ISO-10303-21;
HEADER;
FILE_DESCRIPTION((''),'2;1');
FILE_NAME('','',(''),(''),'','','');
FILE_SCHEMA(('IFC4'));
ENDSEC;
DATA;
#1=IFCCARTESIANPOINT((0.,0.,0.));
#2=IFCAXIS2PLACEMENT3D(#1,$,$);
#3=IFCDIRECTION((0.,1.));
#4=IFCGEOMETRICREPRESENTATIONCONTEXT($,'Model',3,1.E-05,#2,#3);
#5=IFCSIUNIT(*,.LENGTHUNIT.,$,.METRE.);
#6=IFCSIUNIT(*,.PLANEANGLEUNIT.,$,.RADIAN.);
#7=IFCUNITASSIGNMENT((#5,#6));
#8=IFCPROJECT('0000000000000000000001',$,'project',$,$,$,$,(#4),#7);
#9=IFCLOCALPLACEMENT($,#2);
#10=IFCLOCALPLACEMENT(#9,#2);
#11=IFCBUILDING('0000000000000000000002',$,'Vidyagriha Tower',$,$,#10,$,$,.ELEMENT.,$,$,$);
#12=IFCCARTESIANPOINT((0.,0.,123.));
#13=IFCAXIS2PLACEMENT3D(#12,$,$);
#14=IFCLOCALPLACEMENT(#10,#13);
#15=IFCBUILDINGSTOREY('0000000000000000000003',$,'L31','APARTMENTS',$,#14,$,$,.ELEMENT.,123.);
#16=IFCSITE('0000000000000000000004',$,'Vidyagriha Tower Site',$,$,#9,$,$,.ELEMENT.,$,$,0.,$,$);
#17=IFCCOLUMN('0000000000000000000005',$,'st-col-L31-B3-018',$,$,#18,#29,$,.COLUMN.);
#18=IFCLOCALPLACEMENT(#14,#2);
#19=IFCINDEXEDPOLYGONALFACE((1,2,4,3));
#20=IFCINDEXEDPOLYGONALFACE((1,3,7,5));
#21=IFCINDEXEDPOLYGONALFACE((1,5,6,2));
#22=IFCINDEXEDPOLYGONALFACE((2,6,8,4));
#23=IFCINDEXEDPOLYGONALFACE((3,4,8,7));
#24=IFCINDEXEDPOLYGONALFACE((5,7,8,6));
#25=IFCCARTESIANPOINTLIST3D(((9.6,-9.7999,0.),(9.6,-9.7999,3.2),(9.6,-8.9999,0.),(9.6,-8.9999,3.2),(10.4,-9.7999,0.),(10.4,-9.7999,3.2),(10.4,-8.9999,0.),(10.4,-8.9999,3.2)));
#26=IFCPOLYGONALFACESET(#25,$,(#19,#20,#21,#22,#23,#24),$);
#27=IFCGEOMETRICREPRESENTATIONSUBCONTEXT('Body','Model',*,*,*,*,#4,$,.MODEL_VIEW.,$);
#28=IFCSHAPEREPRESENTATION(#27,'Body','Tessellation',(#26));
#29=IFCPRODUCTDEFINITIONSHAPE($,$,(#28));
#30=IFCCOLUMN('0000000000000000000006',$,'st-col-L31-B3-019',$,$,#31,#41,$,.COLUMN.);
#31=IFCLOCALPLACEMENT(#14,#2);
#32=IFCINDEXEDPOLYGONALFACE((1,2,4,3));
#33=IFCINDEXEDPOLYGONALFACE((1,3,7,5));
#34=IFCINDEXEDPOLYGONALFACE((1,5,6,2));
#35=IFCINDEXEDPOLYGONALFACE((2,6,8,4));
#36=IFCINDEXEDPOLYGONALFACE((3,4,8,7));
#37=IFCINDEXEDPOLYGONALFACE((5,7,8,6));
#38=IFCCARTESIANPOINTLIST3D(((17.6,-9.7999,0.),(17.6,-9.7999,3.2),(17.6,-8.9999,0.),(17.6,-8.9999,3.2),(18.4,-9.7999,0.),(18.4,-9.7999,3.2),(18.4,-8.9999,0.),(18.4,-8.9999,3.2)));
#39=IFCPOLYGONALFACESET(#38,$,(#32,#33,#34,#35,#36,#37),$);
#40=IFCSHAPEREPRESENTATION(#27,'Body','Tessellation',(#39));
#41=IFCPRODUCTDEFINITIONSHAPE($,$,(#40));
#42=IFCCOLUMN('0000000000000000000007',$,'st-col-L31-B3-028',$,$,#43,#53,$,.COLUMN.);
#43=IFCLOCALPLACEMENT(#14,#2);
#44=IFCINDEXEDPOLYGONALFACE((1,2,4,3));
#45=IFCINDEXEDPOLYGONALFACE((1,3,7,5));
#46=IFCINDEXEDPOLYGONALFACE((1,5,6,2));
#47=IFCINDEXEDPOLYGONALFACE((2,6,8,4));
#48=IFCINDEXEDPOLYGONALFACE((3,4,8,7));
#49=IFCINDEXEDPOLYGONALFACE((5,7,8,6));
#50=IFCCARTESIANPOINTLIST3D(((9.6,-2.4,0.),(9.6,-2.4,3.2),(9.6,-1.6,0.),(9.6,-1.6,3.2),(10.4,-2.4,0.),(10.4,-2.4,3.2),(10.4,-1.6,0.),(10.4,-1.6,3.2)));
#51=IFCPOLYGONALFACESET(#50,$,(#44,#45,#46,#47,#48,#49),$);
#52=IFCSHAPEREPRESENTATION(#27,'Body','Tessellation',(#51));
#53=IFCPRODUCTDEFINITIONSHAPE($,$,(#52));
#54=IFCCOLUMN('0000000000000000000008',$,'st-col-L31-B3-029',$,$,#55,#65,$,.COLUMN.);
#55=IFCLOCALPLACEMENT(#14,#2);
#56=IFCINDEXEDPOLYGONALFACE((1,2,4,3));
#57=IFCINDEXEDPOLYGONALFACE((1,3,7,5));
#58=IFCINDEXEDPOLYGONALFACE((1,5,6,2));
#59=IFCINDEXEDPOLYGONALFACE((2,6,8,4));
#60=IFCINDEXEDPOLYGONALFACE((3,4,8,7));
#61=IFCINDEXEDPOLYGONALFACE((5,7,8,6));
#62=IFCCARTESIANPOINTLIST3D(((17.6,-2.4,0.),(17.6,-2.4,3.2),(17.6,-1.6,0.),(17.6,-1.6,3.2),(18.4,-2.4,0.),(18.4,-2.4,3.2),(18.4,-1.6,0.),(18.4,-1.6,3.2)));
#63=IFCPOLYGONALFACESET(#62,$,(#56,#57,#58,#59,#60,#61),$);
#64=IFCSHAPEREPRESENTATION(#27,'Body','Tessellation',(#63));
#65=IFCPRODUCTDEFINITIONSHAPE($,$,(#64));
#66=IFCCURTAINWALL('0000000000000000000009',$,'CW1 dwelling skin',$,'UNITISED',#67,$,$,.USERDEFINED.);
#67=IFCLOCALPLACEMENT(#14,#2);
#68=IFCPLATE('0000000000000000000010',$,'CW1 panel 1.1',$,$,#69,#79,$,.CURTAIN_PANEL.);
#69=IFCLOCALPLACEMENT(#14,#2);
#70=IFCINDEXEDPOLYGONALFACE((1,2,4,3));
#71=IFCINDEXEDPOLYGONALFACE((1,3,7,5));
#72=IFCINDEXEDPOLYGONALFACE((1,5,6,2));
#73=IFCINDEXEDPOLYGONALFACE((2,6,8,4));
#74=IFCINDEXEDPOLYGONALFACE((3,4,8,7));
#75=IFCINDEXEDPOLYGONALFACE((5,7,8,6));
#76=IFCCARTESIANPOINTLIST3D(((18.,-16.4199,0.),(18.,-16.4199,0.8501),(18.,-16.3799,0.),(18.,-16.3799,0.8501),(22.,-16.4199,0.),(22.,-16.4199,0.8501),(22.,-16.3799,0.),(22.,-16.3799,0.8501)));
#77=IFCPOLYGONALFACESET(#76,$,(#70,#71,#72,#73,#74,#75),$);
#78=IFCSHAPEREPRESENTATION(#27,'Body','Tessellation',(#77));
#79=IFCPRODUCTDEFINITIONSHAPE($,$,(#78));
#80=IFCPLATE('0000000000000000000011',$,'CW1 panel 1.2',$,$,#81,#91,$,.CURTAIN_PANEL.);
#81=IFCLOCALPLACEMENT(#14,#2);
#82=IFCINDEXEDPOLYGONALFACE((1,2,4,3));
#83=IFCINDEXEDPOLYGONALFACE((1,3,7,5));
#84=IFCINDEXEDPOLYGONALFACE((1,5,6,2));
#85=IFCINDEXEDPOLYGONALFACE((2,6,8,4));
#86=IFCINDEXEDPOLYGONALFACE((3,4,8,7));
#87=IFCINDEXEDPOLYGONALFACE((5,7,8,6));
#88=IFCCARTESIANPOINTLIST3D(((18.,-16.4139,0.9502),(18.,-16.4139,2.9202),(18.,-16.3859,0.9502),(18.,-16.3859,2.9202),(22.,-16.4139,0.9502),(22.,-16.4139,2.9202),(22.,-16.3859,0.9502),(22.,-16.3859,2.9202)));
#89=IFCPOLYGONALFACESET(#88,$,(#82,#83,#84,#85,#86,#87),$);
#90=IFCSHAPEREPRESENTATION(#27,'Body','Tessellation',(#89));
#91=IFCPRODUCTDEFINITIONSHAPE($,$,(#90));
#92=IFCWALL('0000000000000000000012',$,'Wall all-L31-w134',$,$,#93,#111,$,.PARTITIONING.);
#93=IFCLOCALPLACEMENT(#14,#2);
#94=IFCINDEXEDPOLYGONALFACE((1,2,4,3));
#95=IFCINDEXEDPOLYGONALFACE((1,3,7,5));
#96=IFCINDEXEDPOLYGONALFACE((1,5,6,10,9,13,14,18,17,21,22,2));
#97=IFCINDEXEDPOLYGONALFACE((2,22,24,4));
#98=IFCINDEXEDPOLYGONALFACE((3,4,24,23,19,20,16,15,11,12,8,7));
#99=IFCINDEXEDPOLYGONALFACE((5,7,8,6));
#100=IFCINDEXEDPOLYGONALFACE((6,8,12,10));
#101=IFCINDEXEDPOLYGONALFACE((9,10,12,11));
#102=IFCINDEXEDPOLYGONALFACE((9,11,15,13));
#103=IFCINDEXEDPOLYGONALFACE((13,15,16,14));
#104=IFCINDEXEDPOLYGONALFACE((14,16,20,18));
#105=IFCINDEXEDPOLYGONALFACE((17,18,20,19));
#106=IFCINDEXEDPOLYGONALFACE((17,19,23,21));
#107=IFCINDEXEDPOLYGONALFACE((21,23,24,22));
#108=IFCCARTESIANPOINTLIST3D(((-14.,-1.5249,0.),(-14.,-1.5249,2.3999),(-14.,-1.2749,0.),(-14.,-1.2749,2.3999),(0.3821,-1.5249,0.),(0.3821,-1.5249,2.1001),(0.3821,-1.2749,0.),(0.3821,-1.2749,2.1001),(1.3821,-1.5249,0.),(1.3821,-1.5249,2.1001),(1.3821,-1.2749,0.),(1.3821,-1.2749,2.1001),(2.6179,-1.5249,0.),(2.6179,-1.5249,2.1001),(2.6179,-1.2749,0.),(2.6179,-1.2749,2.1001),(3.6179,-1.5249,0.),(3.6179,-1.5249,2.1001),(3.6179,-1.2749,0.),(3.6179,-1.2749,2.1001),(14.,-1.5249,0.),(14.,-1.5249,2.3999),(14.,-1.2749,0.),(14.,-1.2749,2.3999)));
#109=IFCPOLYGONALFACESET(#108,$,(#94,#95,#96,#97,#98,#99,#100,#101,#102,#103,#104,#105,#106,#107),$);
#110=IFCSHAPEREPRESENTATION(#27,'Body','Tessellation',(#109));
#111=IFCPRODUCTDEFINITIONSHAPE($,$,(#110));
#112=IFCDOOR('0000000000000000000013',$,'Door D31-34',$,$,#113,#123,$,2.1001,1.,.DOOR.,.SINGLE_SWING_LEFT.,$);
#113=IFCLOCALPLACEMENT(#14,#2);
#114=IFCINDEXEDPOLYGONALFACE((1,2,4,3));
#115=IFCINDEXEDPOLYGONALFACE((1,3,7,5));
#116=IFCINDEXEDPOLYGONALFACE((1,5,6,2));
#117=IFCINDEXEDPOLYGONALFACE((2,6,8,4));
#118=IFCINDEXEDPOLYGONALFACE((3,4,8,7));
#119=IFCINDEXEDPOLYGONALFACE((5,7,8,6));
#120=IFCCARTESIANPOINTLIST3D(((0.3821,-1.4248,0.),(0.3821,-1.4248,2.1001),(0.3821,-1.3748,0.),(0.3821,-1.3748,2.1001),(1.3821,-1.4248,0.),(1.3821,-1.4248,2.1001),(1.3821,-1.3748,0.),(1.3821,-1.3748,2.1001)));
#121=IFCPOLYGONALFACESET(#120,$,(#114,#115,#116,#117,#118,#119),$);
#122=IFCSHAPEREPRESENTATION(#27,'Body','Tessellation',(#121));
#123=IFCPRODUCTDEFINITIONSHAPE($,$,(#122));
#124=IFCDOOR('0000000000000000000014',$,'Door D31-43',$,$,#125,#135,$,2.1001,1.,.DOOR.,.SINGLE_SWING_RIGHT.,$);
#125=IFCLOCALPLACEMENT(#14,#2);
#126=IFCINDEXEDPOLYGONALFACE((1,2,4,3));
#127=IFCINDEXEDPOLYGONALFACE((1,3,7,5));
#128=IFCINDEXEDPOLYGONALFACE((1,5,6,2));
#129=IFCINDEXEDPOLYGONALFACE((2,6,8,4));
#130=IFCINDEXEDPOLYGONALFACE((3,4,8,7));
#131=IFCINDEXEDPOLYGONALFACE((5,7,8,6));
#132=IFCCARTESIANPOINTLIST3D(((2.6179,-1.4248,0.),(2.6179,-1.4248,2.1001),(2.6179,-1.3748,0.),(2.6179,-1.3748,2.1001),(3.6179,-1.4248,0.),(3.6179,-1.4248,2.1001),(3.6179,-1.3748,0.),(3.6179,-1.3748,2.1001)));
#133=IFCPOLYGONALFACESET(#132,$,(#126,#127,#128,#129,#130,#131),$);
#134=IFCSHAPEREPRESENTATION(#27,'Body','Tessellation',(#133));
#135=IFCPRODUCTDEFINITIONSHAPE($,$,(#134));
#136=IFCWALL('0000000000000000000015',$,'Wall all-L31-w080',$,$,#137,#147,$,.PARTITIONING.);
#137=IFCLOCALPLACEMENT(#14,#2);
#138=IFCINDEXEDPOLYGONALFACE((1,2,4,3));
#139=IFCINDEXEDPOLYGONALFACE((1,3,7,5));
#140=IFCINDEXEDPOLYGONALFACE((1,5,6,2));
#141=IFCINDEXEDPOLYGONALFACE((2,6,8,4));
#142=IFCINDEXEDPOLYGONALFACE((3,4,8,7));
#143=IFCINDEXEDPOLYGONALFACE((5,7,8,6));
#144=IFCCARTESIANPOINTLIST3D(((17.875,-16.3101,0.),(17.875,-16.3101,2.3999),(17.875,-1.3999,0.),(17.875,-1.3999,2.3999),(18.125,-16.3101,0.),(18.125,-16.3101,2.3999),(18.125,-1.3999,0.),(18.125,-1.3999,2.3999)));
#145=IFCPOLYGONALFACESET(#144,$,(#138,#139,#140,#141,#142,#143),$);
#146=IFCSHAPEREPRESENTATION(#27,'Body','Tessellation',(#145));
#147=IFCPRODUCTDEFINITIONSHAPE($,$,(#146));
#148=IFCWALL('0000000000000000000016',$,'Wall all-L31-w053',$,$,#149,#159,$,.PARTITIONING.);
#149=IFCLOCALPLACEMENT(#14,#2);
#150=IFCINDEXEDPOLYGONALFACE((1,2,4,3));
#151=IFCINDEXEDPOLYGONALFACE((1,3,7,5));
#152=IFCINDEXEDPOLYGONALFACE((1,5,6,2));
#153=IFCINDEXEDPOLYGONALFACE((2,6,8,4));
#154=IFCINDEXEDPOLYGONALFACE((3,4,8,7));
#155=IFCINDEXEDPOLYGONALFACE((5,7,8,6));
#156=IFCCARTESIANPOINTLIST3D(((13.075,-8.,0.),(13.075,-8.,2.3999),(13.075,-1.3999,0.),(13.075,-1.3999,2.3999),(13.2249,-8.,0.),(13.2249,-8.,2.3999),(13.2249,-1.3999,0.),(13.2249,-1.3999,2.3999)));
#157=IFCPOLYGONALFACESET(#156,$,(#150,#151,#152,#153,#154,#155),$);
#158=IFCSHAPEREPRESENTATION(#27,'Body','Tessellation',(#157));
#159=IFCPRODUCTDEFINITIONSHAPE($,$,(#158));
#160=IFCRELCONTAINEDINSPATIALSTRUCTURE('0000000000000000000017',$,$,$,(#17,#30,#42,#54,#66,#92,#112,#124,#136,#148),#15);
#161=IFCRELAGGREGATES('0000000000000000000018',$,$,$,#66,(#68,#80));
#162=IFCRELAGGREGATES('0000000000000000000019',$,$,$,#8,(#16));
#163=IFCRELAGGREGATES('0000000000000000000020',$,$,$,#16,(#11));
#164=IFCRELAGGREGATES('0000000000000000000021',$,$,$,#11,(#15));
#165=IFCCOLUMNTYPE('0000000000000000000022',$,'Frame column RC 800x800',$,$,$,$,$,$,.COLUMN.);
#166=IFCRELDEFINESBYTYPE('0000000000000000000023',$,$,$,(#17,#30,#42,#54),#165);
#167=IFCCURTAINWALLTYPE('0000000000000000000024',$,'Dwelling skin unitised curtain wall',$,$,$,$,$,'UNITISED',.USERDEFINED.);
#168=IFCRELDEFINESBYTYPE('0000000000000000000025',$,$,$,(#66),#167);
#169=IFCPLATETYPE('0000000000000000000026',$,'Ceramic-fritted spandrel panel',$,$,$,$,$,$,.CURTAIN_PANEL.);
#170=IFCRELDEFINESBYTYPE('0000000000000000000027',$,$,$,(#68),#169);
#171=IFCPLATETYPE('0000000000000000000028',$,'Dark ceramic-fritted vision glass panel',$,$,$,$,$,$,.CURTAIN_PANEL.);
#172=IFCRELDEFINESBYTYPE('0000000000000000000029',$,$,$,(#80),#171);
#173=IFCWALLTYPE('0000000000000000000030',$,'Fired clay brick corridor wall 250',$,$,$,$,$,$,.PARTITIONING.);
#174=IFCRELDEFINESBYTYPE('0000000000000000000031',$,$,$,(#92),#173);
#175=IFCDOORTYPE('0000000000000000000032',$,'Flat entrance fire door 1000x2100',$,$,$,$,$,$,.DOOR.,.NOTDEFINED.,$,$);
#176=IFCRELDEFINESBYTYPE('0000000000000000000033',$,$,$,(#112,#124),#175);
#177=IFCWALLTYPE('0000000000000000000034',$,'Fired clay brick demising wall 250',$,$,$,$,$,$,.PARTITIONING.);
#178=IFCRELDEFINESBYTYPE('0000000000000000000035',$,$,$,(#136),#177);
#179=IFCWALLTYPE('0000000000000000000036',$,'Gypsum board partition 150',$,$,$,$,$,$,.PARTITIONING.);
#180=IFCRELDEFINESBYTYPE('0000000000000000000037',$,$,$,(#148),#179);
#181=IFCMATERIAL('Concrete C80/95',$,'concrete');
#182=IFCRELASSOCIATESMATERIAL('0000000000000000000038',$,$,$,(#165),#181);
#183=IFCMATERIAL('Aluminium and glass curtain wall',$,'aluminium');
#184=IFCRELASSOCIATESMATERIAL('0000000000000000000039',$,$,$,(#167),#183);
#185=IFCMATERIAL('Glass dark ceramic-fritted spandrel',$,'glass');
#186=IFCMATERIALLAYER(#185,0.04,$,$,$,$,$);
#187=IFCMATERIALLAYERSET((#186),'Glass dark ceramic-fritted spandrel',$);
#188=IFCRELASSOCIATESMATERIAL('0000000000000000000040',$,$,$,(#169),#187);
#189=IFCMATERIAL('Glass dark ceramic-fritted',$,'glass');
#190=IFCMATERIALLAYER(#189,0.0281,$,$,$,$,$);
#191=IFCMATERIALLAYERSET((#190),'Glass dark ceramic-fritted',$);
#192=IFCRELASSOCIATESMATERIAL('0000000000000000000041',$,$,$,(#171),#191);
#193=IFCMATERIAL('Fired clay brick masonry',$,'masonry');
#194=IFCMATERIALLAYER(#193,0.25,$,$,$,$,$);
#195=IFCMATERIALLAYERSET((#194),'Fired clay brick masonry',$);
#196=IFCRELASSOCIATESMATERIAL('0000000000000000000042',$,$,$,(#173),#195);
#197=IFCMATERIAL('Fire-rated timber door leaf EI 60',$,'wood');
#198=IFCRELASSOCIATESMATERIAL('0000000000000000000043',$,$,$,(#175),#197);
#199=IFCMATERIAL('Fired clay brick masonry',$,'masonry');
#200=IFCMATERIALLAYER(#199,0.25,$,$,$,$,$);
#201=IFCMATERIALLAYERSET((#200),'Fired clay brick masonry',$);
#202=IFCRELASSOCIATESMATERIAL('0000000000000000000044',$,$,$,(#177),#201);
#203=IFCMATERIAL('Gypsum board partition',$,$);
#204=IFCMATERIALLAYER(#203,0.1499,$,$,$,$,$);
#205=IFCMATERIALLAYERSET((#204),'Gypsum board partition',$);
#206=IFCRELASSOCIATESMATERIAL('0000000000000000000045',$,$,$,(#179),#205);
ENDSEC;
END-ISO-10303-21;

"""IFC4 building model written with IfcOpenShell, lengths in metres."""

from ifc_helpers import new_model, si_unit, direction, frame, frame_2d, origin, origin_2d, place, context, subcontext, project, spatial, rectangle, extrude, material, layer, layer_set, material_profile, profile_set, type_object, element, fill, aggregate, save


model = new_model("IFC4")

# Units and contexts
model_context = context("Model", 3, precision=1e-05, world=origin(), true_north=direction((0.0, 1.0)))
body_context = subcontext(model_context, "Body", "Model", "MODEL_VIEW")
ifc_project = project(units=[si_unit("LENGTHUNIT", "METRE"), si_unit("PLANEANGLEUNIT", "RADIAN")], contexts=[model_context])

# Site, building, storey
site_placement = place(None, origin())
site = spatial("IfcSite", under=ifc_project, at=site_placement, Name="Vidyagriha Tower Site", CompositionType="ELEMENT", RefElevation=0.0)
building_placement = place(site_placement, origin())
building = spatial("IfcBuilding", under=site, at=building_placement, Name="Vidyagriha Tower", CompositionType="ELEMENT")
storey_placement = place(building_placement, frame((0.0, 0.0, 123.0)))
storey = spatial("IfcBuildingStorey", under=building, at=storey_placement, Name="L31", Description="APARTMENTS", CompositionType="ELEMENT", Elevation=123.0)

# Columns
ifc_material_1 = material(Name="Concrete C80/95", Category="concrete")
ifc_material_profile = material_profile(ifc_material_1, rectangle(XDim=0.8, YDim=0.8, at=origin_2d()), Name="RC 800x800")
ifc_profile_set = profile_set([ifc_material_profile], Name="Concrete C80/95")
column_type = type_object("IfcColumnType", Name="Frame column RC 800x800", PredefinedType="COLUMN", material=ifc_profile_set)
for number, where, name in (
    (1, (10.0, -9.3999, 0.0), "st-col-L31-B3-018"),
    (2, (18.0, -9.3999, 0.0), "st-col-L31-B3-019"),
    (3, (10.0, -2.0, 0.0), "st-col-L31-B3-028"),
    (4, (18.0, -2.0, 0.0), "st-col-L31-B3-029"),
):
    element("IfcColumn", number, at=place(storey_placement, frame(where)), inside=storey, type_object=column_type, Name=name, PredefinedType="COLUMN", context=body_context, shape_type="SweptSolid", body=[
        extrude(rectangle(XDim=0.8, YDim=0.8, at=origin_2d()), origin(), (0.0, 0.0, 1.0), 3.2),
    ])

# Curtain wall, plates
ifc_material_2 = material(Name="Aluminium and glass curtain wall", Category="aluminium")
curtain_wall_type = type_object("IfcCurtainWallType", Name="Dwelling skin unitised curtain wall", ElementType="UNITISED", PredefinedType="USERDEFINED", material=ifc_material_2)
curtain_wall_placement = place(storey_placement, origin())
curtain_wall = element("IfcCurtainWall", 5, at=curtain_wall_placement, inside=storey, type_object=curtain_wall_type, Name="CW1 dwelling skin", ObjectType="UNITISED", PredefinedType="USERDEFINED")
ifc_material_3 = material(Name="Glass dark ceramic-fritted spandrel", Category="glass")
ifc_layer_1 = layer(ifc_material_3, 0.04)
ifc_layer_set_1 = layer_set([ifc_layer_1], Name="Glass dark ceramic-fritted spandrel")
plate_type_1 = type_object("IfcPlateType", Name="Ceramic-fritted spandrel panel", PredefinedType="CURTAIN_PANEL", material=ifc_layer_set_1)
plate_1_placement = place(storey_placement, frame((20.0, -16.3999, 0.0)))
plate_1 = element("IfcPlate", 6, at=plate_1_placement, type_object=plate_type_1, Name="CW1 panel 1.1", PredefinedType="CURTAIN_PANEL", context=body_context, shape_type="SweptSolid", body=[
    extrude(rectangle(XDim=4.0, YDim=0.04, at=origin_2d()), origin(), (0.0, 0.0, 1.0), 0.8501),
])
ifc_material_4 = material(Name="Glass dark ceramic-fritted", Category="glass")
ifc_layer_2 = layer(ifc_material_4, 0.0281)
ifc_layer_set_2 = layer_set([ifc_layer_2], Name="Glass dark ceramic-fritted")
plate_type_2 = type_object("IfcPlateType", Name="Dark ceramic-fritted vision glass panel", PredefinedType="CURTAIN_PANEL", material=ifc_layer_set_2)
plate_2_placement = place(storey_placement, frame((20.0, -16.3999, 0.9502)))
plate_2 = element("IfcPlate", 7, at=plate_2_placement, type_object=plate_type_2, Name="CW1 panel 1.2", PredefinedType="CURTAIN_PANEL", context=body_context, shape_type="SweptSolid", body=[
    extrude(rectangle(XDim=4.0, YDim=0.0281, at=origin_2d()), origin(), (0.0, 0.0, 1.0), 1.97),
])
aggregate(curtain_wall, [plate_1, plate_2])

# Wall, openings, doors
ifc_material_5 = material(Name="Fired clay brick masonry", Category="masonry")
ifc_layer_3 = layer(ifc_material_5, 0.25)
ifc_layer_set_3 = layer_set([ifc_layer_3], Name="Fired clay brick masonry")
wall_type_1 = type_object("IfcWallType", Name="Fired clay brick corridor wall 250", PredefinedType="PARTITIONING", material=ifc_layer_set_3)
wall_1_placement = place(storey_placement, frame((14.0, -1.3999, 0.0), z_axis=(0.0, 0.0, 1.0), x_axis=(-1.0, 0.0, 0.0)))
wall_1 = element("IfcWall", 8, at=wall_1_placement, inside=storey, type_object=wall_type_1, Name="Wall all-L31-w134", PredefinedType="PARTITIONING", context=body_context, shape_type="SweptSolid", body=[
    extrude(rectangle(XDim=28.0, YDim=0.25, at=frame_2d((14.0, 0.0))), origin(), (0.0, 0.0, 1.0), 2.3999),
])
opening_1_placement = place(wall_1_placement, frame((12.6179, 0.0, 0.0)))
opening_1 = element("IfcOpeningElement", 9, at=opening_1_placement, cuts=wall_1, PredefinedType="OPENING", context=body_context, shape_type="SweptSolid", body=[
    extrude(rectangle(XDim=1.0, YDim=2.1001, at=frame_2d((0.5, 1.05))), frame((0.0, 0.135, 0.0), z_axis=(0.0, -1.0, 0.0), x_axis=(1.0, 0.0, 0.0)), (0.0, 0.0, 1.0), 0.27),
])
opening_2_placement = place(wall_1_placement, frame((10.3821, 0.0, 0.0)))
opening_2 = element("IfcOpeningElement", 10, at=opening_2_placement, cuts=wall_1, PredefinedType="OPENING", context=body_context, shape_type="SweptSolid", body=[
    extrude(rectangle(XDim=1.0, YDim=2.1001, at=frame_2d((0.5, 1.05))), frame((0.0, 0.135, 0.0), z_axis=(0.0, -1.0, 0.0), x_axis=(1.0, 0.0, 0.0)), (0.0, 0.0, 1.0), 0.27),
])
ifc_material_6 = material(Name="Fire-rated timber door leaf EI 60", Category="wood")
door_type_1 = type_object("IfcDoorType", Name="Flat entrance fire door 1000x2100", OperationType="NOTDEFINED", PredefinedType="DOOR", material=ifc_material_6)
door_1_placement = place(opening_1_placement, origin())
door_1 = element("IfcDoor", 11, at=door_1_placement, inside=storey, type_object=door_type_1, Name="Door D31-34", OperationType="SINGLE_SWING_LEFT", OverallHeight=2.1001, OverallWidth=1.0, PredefinedType="DOOR", context=body_context, shape_type="SweptSolid", body=[
    extrude(rectangle(XDim=1.0, YDim=2.1001, at=frame_2d((0.5, 1.05))), frame((0.0, 0.0249, 0.0), z_axis=(0.0, -1.0, 0.0), x_axis=(1.0, 0.0, 0.0)), (0.0, 0.0, 1.0), 0.05),
])
fill(opening_1, door_1)
door_2_placement = place(opening_2_placement, origin())
door_2 = element("IfcDoor", 12, at=door_2_placement, inside=storey, type_object=door_type_1, Name="Door D31-43", OperationType="SINGLE_SWING_RIGHT", OverallHeight=2.1001, OverallWidth=1.0, PredefinedType="DOOR", context=body_context, shape_type="SweptSolid", body=[
    extrude(rectangle(XDim=1.0, YDim=2.1001, at=frame_2d((0.5, 1.05))), frame((0.0, 0.0249, 0.0), z_axis=(0.0, -1.0, 0.0), x_axis=(1.0, 0.0, 0.0)), (0.0, 0.0, 1.0), 0.05),
])
fill(opening_2, door_2)

# Walls
ifc_material_7 = material(Name="Fired clay brick masonry", Category="masonry")
ifc_layer_4 = layer(ifc_material_7, 0.25)
ifc_layer_set_4 = layer_set([ifc_layer_4], Name="Fired clay brick masonry")
wall_type_2 = type_object("IfcWallType", Name="Fired clay brick demising wall 250", PredefinedType="PARTITIONING", material=ifc_layer_set_4)
wall_2_placement = place(storey_placement, frame((18.0, -1.3999, 0.0), z_axis=(0.0, 0.0, 1.0), x_axis=(0.0, -1.0, 0.0)))
element("IfcWall", 13, at=wall_2_placement, inside=storey, type_object=wall_type_2, Name="Wall all-L31-w080", PredefinedType="PARTITIONING", context=body_context, shape_type="SweptSolid", body=[
    extrude(rectangle(XDim=14.9102, YDim=0.25, at=frame_2d((7.4551, 0.0))), origin(), (0.0, 0.0, 1.0), 2.3999),
])
ifc_material_8 = material(Name="Gypsum board partition")
ifc_layer_5 = layer(ifc_material_8, 0.1499)
ifc_layer_set_5 = layer_set([ifc_layer_5], Name="Gypsum board partition")
wall_type_3 = type_object("IfcWallType", Name="Gypsum board partition 150", PredefinedType="PARTITIONING", material=ifc_layer_set_5)
wall_3_placement = place(storey_placement, frame((13.1499, -1.3999, 0.0), z_axis=(0.0, 0.0, 1.0), x_axis=(0.0, -1.0, 0.0)))
element("IfcWall", 14, at=wall_3_placement, inside=storey, type_object=wall_type_3, Name="Wall all-L31-w053", PredefinedType="PARTITIONING", context=body_context, shape_type="SweptSolid", body=[
    extrude(rectangle(XDim=6.6001, YDim=0.1499, at=frame_2d((3.3, 0.0))), origin(), (0.0, 0.0, 1.0), 2.3999),
])

save(model, "model.ifc")
